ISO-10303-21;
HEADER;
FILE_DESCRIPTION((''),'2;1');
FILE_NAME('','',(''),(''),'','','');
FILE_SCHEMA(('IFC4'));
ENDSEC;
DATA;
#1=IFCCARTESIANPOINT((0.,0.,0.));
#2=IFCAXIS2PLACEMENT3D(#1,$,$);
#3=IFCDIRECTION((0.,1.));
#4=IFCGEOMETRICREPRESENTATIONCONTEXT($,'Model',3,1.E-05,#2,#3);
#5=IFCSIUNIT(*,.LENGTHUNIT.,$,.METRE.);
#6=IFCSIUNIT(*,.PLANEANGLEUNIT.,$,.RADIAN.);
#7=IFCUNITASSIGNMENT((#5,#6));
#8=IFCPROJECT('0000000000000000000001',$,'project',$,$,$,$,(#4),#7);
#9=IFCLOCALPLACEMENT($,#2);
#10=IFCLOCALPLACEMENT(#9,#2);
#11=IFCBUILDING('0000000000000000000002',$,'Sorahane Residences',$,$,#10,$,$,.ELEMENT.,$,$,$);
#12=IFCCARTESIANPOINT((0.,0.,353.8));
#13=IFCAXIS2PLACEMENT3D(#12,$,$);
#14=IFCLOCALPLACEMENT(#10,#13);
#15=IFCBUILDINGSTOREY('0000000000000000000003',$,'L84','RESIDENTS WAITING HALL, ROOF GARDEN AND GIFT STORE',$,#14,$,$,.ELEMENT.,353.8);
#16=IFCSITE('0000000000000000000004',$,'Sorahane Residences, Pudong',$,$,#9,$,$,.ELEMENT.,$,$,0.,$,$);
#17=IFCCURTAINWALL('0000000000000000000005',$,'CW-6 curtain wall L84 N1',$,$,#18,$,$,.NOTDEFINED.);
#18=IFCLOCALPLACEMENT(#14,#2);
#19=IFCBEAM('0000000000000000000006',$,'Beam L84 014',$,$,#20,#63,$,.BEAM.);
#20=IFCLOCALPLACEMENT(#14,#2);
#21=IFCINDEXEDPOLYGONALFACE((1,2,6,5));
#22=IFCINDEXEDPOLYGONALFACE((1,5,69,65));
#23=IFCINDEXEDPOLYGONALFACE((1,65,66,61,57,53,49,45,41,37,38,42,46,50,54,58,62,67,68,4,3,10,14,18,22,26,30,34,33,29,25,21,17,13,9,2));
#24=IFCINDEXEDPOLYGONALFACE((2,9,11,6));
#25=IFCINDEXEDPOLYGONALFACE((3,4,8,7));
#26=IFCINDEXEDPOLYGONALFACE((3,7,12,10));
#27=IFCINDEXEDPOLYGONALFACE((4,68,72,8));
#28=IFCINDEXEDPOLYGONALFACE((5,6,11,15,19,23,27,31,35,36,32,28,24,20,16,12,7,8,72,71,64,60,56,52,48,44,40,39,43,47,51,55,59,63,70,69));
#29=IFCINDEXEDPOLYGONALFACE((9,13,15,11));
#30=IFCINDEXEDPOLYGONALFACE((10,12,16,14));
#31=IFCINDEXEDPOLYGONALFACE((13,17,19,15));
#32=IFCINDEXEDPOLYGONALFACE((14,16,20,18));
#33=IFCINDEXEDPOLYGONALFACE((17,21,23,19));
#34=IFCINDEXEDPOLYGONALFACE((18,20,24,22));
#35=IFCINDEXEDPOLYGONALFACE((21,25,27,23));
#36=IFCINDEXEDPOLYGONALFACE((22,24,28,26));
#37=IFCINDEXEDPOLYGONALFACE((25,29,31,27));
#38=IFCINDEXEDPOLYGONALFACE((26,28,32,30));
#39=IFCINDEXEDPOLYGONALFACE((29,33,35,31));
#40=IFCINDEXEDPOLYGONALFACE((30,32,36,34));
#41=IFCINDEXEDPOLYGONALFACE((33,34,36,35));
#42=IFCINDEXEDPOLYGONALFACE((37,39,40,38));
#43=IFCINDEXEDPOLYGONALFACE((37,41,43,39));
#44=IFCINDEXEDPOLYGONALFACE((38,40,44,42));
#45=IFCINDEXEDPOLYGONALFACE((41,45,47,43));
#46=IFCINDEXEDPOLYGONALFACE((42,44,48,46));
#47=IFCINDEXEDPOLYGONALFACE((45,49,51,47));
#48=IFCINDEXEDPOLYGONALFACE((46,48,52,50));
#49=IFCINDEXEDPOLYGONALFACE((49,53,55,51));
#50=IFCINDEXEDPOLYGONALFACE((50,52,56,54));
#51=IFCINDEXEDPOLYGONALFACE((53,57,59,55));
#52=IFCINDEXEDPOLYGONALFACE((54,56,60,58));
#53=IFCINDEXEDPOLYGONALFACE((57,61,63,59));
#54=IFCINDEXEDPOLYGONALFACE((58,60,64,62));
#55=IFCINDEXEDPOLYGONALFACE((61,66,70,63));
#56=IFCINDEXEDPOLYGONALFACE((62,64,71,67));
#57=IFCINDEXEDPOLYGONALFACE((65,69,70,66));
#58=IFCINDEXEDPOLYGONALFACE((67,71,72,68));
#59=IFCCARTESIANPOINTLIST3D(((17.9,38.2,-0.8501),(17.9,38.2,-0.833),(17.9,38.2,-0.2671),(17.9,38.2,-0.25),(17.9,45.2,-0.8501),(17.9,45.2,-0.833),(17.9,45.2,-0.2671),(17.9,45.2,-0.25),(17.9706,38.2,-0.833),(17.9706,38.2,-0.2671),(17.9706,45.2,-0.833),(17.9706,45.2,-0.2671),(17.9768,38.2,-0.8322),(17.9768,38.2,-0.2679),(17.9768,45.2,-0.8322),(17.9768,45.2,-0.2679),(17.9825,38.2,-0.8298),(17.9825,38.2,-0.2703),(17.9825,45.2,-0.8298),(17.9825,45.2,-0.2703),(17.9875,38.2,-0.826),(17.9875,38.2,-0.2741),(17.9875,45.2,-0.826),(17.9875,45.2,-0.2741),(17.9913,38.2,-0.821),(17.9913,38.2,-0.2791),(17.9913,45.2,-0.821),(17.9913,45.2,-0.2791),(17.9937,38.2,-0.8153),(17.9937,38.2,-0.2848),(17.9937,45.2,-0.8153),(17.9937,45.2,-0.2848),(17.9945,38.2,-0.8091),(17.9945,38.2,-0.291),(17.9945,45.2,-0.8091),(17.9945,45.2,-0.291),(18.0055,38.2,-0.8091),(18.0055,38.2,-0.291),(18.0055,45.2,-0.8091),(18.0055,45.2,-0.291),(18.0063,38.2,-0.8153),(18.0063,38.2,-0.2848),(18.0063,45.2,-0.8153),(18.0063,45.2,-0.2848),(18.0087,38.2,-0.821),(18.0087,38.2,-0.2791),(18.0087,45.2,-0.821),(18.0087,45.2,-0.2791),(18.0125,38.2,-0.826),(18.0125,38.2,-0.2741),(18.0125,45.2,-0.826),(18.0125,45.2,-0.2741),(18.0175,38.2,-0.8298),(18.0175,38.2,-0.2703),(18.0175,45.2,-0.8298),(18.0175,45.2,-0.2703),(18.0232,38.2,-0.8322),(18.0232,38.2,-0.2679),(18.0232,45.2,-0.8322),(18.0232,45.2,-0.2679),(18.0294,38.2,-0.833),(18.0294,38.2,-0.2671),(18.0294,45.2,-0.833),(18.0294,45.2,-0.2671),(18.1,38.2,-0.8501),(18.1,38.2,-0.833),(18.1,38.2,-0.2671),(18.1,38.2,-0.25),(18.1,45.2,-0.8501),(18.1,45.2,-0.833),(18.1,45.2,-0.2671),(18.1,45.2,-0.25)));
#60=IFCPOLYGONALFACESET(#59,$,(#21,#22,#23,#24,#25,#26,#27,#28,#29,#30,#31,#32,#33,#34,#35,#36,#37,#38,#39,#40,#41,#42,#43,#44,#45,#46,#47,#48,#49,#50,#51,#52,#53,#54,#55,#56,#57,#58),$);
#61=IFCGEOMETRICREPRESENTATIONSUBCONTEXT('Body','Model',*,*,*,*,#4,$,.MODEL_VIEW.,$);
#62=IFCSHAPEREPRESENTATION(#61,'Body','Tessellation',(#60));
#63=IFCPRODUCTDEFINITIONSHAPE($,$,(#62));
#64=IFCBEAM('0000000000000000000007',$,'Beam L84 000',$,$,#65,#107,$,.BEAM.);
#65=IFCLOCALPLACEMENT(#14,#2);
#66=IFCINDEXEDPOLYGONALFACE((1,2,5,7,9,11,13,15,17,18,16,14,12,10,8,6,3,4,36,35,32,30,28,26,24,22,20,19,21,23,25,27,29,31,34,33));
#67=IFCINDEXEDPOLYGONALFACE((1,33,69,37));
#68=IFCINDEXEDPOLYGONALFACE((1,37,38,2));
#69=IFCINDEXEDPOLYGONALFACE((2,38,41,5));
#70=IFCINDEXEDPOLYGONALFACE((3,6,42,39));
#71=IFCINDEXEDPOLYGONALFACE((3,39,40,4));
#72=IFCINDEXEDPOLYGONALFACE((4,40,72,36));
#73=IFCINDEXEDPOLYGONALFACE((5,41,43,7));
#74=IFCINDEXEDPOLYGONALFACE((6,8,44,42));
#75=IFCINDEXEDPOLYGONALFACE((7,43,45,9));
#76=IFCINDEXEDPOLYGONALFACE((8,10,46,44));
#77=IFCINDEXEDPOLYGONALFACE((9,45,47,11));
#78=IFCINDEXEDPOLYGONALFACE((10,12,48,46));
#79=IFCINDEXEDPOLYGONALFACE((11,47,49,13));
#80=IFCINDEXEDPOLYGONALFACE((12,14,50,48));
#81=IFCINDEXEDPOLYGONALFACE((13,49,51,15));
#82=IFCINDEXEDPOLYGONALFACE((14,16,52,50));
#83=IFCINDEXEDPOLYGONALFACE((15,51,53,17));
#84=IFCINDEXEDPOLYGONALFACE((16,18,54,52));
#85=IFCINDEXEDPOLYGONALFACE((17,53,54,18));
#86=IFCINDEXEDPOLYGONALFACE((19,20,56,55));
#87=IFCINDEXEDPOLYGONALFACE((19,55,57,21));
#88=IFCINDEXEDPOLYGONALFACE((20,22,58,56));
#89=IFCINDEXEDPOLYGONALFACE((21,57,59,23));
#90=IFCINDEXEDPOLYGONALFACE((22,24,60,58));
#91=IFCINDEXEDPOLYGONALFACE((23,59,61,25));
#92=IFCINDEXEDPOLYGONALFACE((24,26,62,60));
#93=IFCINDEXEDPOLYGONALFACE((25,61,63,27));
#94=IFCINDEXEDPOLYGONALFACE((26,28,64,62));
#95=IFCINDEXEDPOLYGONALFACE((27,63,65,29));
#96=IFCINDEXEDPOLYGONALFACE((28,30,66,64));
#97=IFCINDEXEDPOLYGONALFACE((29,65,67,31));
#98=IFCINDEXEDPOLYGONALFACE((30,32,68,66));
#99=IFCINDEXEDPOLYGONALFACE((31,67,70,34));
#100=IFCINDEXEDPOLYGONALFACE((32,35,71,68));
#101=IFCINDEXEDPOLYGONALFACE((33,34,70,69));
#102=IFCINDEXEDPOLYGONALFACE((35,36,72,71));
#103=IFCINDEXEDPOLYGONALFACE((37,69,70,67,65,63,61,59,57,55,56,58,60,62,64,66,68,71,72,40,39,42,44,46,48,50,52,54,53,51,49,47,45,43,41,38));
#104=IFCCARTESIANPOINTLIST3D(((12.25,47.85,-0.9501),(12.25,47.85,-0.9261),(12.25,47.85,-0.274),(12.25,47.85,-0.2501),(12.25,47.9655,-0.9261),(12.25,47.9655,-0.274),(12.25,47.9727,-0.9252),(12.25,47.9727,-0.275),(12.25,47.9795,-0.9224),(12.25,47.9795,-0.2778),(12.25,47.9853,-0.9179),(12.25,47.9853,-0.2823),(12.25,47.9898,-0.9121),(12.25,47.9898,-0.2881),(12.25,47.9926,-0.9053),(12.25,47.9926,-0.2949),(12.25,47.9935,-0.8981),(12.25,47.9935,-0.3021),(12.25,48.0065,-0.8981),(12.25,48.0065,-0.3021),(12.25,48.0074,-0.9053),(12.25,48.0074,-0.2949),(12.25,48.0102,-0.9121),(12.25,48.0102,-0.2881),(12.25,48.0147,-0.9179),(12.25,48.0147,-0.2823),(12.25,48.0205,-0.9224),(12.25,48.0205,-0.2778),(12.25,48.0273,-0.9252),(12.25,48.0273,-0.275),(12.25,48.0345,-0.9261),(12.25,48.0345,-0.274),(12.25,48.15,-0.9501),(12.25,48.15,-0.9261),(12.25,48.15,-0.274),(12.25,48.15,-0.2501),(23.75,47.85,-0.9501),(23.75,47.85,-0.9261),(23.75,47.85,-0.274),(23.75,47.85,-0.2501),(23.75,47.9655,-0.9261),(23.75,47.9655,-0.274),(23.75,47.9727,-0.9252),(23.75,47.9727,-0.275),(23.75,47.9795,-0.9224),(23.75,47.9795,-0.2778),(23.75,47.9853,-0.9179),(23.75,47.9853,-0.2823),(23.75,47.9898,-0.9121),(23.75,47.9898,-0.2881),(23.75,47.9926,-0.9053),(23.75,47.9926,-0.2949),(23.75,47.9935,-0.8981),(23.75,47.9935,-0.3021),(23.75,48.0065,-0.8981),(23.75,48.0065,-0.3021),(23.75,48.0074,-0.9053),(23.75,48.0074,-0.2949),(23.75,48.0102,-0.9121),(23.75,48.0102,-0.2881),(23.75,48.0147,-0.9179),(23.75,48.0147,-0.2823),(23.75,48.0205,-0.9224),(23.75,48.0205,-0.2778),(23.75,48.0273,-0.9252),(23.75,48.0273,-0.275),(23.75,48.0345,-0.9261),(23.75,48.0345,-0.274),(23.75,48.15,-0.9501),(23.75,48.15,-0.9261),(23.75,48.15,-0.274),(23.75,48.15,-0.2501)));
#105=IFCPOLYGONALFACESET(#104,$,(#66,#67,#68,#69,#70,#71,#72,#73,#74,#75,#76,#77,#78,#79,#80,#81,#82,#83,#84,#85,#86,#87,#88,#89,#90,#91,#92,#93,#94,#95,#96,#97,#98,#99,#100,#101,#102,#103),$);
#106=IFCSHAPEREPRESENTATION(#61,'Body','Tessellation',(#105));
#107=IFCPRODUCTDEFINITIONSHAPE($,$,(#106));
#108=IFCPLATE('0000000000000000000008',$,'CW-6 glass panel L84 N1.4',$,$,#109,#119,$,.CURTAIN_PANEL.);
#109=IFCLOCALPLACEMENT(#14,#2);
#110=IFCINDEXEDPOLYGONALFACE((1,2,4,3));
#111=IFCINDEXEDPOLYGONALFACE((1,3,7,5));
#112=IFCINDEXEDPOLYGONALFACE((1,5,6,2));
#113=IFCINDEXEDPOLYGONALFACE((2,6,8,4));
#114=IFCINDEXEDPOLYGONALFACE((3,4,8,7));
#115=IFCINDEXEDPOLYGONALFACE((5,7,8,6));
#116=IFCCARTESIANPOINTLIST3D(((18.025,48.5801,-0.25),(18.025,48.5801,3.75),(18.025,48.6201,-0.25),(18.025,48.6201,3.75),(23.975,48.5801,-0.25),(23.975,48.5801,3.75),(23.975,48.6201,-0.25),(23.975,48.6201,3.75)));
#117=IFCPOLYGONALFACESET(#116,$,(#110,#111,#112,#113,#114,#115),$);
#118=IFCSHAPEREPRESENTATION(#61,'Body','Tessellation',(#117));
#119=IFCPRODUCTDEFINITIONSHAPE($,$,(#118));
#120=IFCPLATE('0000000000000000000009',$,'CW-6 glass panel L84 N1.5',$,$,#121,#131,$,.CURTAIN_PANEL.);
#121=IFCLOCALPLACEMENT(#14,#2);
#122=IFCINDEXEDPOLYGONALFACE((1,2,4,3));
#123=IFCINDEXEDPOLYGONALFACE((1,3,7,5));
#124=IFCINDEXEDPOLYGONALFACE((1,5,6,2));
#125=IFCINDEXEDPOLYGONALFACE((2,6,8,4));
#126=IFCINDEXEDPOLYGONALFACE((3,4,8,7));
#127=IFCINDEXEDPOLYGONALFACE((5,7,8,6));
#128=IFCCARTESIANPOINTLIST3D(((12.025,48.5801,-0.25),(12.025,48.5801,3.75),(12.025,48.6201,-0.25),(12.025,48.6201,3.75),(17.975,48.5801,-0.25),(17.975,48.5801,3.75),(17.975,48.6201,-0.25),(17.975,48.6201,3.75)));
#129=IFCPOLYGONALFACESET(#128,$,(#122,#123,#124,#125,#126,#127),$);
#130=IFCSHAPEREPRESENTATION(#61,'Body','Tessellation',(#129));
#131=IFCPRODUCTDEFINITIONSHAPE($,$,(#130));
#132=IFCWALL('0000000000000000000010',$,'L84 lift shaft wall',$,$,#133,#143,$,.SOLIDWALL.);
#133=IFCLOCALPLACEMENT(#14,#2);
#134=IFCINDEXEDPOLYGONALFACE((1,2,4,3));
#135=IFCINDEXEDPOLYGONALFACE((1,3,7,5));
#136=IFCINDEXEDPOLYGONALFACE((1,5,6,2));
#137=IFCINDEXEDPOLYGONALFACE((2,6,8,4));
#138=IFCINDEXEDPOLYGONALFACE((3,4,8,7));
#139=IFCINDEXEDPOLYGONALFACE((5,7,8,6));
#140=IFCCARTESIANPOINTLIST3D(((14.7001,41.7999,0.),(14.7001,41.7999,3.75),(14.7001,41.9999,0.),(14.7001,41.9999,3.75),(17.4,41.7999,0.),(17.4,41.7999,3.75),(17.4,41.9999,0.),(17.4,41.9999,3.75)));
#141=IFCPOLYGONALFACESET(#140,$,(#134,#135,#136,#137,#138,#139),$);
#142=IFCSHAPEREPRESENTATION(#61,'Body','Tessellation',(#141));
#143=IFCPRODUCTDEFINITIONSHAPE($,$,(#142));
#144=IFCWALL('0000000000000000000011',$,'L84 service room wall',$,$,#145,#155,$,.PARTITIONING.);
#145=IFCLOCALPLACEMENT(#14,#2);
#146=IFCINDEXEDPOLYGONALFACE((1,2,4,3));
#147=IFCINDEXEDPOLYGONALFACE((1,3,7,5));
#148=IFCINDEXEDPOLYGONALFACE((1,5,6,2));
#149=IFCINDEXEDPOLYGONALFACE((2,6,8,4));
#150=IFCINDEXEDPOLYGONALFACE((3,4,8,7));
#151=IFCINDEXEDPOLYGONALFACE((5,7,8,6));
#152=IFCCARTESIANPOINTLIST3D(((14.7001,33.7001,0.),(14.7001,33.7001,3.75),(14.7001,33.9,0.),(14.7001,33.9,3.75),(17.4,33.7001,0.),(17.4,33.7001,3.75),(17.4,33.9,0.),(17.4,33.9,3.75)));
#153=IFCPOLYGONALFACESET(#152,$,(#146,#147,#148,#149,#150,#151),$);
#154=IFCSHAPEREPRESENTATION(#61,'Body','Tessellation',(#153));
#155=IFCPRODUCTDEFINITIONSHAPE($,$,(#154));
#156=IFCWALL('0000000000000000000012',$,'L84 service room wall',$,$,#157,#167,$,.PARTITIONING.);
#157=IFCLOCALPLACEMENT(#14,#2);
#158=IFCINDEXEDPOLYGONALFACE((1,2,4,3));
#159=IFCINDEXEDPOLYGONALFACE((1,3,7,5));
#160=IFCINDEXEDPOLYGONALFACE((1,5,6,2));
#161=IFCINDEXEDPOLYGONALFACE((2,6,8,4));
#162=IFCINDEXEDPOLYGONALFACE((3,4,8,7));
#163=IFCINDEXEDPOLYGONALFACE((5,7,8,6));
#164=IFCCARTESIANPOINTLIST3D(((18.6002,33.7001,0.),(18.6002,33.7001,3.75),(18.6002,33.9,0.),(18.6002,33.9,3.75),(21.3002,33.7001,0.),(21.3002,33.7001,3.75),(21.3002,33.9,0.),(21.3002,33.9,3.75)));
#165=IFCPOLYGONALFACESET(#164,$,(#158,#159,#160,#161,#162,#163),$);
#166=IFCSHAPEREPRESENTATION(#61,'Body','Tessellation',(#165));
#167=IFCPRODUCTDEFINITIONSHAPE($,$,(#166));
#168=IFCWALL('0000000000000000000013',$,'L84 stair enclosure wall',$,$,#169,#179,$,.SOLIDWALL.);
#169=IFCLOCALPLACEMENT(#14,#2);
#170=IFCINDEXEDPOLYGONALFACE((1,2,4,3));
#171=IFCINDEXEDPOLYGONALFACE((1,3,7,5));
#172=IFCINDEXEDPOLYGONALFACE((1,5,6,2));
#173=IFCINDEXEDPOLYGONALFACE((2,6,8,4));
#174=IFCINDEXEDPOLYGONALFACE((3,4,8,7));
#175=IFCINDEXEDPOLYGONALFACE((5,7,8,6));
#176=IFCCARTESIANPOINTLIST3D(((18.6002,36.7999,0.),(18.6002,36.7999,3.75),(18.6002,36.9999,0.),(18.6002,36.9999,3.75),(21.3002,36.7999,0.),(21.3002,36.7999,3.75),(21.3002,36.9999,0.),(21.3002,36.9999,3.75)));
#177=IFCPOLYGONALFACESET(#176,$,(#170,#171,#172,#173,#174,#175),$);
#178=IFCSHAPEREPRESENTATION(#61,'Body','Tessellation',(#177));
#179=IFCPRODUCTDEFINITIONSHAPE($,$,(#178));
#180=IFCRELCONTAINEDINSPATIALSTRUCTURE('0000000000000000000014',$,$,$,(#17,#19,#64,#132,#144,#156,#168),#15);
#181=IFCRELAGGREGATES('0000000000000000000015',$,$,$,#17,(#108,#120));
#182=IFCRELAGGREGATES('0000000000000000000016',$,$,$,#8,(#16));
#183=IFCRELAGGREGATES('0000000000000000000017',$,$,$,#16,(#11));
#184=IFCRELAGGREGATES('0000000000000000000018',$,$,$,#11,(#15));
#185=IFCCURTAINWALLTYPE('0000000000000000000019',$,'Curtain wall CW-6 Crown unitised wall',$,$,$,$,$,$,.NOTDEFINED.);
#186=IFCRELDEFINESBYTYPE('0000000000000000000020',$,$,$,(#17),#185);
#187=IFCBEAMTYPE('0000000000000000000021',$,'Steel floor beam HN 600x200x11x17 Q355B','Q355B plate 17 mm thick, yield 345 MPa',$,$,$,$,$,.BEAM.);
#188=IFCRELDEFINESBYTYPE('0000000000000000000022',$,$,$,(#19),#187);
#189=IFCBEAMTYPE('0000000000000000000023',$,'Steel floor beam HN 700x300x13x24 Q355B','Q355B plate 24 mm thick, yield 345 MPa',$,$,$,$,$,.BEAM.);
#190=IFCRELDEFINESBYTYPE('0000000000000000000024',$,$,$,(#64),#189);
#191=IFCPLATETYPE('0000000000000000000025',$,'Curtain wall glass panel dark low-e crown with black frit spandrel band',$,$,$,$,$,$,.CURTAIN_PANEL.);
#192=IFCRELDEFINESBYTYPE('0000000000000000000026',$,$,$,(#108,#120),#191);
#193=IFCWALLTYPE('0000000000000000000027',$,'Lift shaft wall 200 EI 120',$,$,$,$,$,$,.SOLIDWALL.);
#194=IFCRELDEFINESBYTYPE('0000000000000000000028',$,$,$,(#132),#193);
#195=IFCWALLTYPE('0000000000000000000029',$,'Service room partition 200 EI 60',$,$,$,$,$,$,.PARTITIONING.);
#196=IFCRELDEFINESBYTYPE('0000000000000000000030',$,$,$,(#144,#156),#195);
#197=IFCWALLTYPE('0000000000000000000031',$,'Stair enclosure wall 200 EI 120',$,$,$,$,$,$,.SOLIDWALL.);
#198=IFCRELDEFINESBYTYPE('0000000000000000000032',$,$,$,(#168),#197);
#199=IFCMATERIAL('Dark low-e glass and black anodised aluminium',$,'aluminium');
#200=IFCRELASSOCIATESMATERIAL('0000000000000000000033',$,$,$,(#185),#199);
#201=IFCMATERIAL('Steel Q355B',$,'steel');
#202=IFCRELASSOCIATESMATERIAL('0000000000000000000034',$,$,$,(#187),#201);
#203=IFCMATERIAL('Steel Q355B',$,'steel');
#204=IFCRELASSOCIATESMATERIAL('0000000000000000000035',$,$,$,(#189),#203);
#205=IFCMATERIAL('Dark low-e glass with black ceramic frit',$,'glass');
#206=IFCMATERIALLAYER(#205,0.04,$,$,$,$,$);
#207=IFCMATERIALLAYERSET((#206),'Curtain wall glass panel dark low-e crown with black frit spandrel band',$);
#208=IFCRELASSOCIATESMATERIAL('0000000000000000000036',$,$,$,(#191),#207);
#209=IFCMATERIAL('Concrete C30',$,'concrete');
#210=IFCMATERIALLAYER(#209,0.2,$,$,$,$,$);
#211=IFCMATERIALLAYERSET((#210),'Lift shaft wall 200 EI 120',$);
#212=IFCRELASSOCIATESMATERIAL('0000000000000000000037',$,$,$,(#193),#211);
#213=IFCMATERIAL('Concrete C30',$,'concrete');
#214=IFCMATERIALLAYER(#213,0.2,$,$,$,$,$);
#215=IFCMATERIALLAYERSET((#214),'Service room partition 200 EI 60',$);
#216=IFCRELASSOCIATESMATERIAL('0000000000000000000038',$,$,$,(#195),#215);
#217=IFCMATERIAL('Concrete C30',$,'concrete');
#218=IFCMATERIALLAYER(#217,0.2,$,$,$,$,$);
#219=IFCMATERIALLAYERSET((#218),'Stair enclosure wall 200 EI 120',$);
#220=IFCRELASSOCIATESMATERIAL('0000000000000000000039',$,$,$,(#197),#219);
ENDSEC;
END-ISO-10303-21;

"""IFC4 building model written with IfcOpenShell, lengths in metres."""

from ifc_helpers import new_model, si_unit, direction, frame, frame_2d, origin, origin_2d, place, context, subcontext, project, spatial, rectangle, i_section, extrude, material, layer, layer_set, material_profile, profile_set, type_object, element, aggregate, save


model = new_model("IFC4")

# Units and contexts
model_context = context("Model", 3, precision=1e-05, world=origin(), true_north=direction((0.0, 1.0)))
body_context = subcontext(model_context, "Body", "Model", "MODEL_VIEW")
ifc_project = project(units=[si_unit("LENGTHUNIT", "METRE"), si_unit("PLANEANGLEUNIT", "RADIAN")], contexts=[model_context])

# Site, building, storey
site_placement = place(None, origin())
site = spatial("IfcSite", under=ifc_project, at=site_placement, Name="Sorahane Residences, Pudong", CompositionType="ELEMENT", RefElevation=0.0)
building_placement = place(site_placement, origin())
building = spatial("IfcBuilding", under=site, at=building_placement, Name="Sorahane Residences", CompositionType="ELEMENT")
storey_placement = place(building_placement, frame((0.0, 0.0, 353.8)))
storey = spatial("IfcBuildingStorey", under=building, at=storey_placement, Name="L84", Description="RESIDENTS WAITING HALL, ROOF GARDEN AND GIFT STORE", CompositionType="ELEMENT", Elevation=353.8)

# Curtain wall
ifc_material_1 = material(Name="Dark low-e glass and black anodised aluminium", Category="aluminium")
curtain_wall_type = type_object("IfcCurtainWallType", Name="Curtain wall CW-6 Crown unitised wall", PredefinedType="NOTDEFINED", material=ifc_material_1)
curtain_wall_placement = place(storey_placement, origin())
curtain_wall = element("IfcCurtainWall", 1, at=curtain_wall_placement, inside=storey, type_object=curtain_wall_type, Name="CW-6 curtain wall L84 N1", PredefinedType="NOTDEFINED")

# Beams
ifc_material_2 = material(Name="Steel Q355B", Category="steel")
ifc_material_profile_1 = material_profile(ifc_material_2, i_section(OverallWidth=0.2, OverallDepth=0.6001, WebThickness=0.011, FlangeThickness=0.0171, FilletRadius=0.0239, at=origin_2d()), Name="HN 600x200x11x17")
ifc_profile_set_1 = profile_set([ifc_material_profile_1], Name="Steel Q355B")
beam_type_1 = type_object("IfcBeamType", Name="Steel floor beam HN 600x200x11x17 Q355B", Description="Q355B plate 17 mm thick, yield 345 MPa", PredefinedType="BEAM", material=ifc_profile_set_1)
beam_1_placement = place(storey_placement, frame((18.0, 38.2, -0.55), z_axis=(0.0, 1.0, 0.0), x_axis=(-1.0, 0.0, 0.0)))
element("IfcBeam", 2, at=beam_1_placement, inside=storey, type_object=beam_type_1, Name="Beam L84 014", PredefinedType="BEAM", context=body_context, shape_type="SweptSolid", body=[
    extrude(i_section(OverallWidth=0.2, OverallDepth=0.6001, WebThickness=0.011, FlangeThickness=0.0171, FilletRadius=0.0239, at=origin_2d()), origin(), (0.0, 0.0, 1.0), 7.0),
])
ifc_material_3 = material(Name="Steel Q355B", Category="steel")
ifc_material_profile_2 = material_profile(ifc_material_3, i_section(OverallWidth=0.3, OverallDepth=0.7, WebThickness=0.0129, FlangeThickness=0.0239, FilletRadius=0.0281, at=origin_2d()), Name="HN 700x300x13x24")
ifc_profile_set_2 = profile_set([ifc_material_profile_2], Name="Steel Q355B")
beam_type_2 = type_object("IfcBeamType", Name="Steel floor beam HN 700x300x13x24 Q355B", Description="Q355B plate 24 mm thick, yield 345 MPa", PredefinedType="BEAM", material=ifc_profile_set_2)
beam_2_placement = place(storey_placement, frame((12.25, 48.0, -0.6001), z_axis=(1.0, 0.0, 0.0), x_axis=(0.0, 1.0, 0.0)))
element("IfcBeam", 3, at=beam_2_placement, inside=storey, type_object=beam_type_2, Name="Beam L84 000", PredefinedType="BEAM", context=body_context, shape_type="SweptSolid", body=[
    extrude(i_section(OverallWidth=0.3, OverallDepth=0.7, WebThickness=0.0129, FlangeThickness=0.0239, FilletRadius=0.0281, at=origin_2d()), origin(), (0.0, 0.0, 1.0), 11.5),
])

# Plates
ifc_material_4 = material(Name="Dark low-e glass with black ceramic frit", Category="glass")
ifc_layer_1 = layer(ifc_material_4, 0.04)
ifc_layer_set_1 = layer_set([ifc_layer_1], Name="Curtain wall glass panel dark low-e crown with black frit spandrel band")
plate_type = type_object("IfcPlateType", Name="Curtain wall glass panel dark low-e crown with black frit spandrel band", PredefinedType="CURTAIN_PANEL", material=ifc_layer_set_1)
plate_1_placement = place(storey_placement, frame((21.0, 48.6001, -0.25), z_axis=(0.0, 0.0, 1.0), x_axis=(-1.0, 0.0, 0.0)))
plate_1 = element("IfcPlate", 4, at=plate_1_placement, type_object=plate_type, Name="CW-6 glass panel L84 N1.4", PredefinedType="CURTAIN_PANEL", context=body_context, shape_type="SweptSolid", body=[
    extrude(rectangle(XDim=5.95, YDim=0.04, at=origin_2d()), origin(), (0.0, 0.0, 1.0), 4.0),
])
plate_2_placement = place(storey_placement, frame((15.0, 48.6001, -0.25), z_axis=(0.0, 0.0, 1.0), x_axis=(-1.0, 0.0, 0.0)))
plate_2 = element("IfcPlate", 5, at=plate_2_placement, type_object=plate_type, Name="CW-6 glass panel L84 N1.5", PredefinedType="CURTAIN_PANEL", context=body_context, shape_type="SweptSolid", body=[
    extrude(rectangle(XDim=5.95, YDim=0.04, at=origin_2d()), origin(), (0.0, 0.0, 1.0), 4.0),
])
aggregate(curtain_wall, [plate_1, plate_2])

# Walls
ifc_material_5 = material(Name="Concrete C30", Category="concrete")
ifc_layer_2 = layer(ifc_material_5, 0.2)
ifc_layer_set_2 = layer_set([ifc_layer_2], Name="Lift shaft wall 200 EI 120")
wall_type_1 = type_object("IfcWallType", Name="Lift shaft wall 200 EI 120", PredefinedType="SOLIDWALL", material=ifc_layer_set_2)
wall_1_placement = place(storey_placement, frame((14.7, 41.8999, 0.0), z_axis=(0.0, 0.0, 1.0), x_axis=(1.0, 0.0, 0.0)))
element("IfcWall", 6, at=wall_1_placement, inside=storey, type_object=wall_type_1, Name="L84 lift shaft wall", PredefinedType="SOLIDWALL", context=body_context, shape_type="SweptSolid", body=[
    extrude(rectangle(XDim=2.7, YDim=0.2, at=frame_2d((1.3501, 0.0))), origin(), (0.0, 0.0, 1.0), 3.75),
])
ifc_material_6 = material(Name="Concrete C30", Category="concrete")
ifc_layer_3 = layer(ifc_material_6, 0.2)
ifc_layer_set_3 = layer_set([ifc_layer_3], Name="Service room partition 200 EI 60")
wall_type_2 = type_object("IfcWallType", Name="Service room partition 200 EI 60", PredefinedType="PARTITIONING", material=ifc_layer_set_3)
for number, where, z_axis, x_axis, name in (
    (7, (14.7, 33.8, 0.0), (0.0, 0.0, 1.0), (1.0, 0.0, 0.0), "L84 service room wall"),
    (8, (18.6001, 33.8, 0.0), (0.0, 0.0, 1.0), (1.0, 0.0, 0.0), "L84 service room wall"),
):
    element("IfcWall", number, at=place(storey_placement, frame(where, z_axis=z_axis, x_axis=x_axis)), inside=storey, type_object=wall_type_2, Name=name, PredefinedType="PARTITIONING", context=body_context, shape_type="SweptSolid", body=[
        extrude(rectangle(XDim=2.7, YDim=0.2, at=frame_2d((1.3501, 0.0))), origin(), (0.0, 0.0, 1.0), 3.75),
    ])
ifc_material_7 = material(Name="Concrete C30", Category="concrete")
ifc_layer_4 = layer(ifc_material_7, 0.2)
ifc_layer_set_4 = layer_set([ifc_layer_4], Name="Stair enclosure wall 200 EI 120")
wall_type_3 = type_object("IfcWallType", Name="Stair enclosure wall 200 EI 120", PredefinedType="SOLIDWALL", material=ifc_layer_set_4)
wall_2_placement = place(storey_placement, frame((18.6001, 36.8999, 0.0), z_axis=(0.0, 0.0, 1.0), x_axis=(1.0, 0.0, 0.0)))
element("IfcWall", 9, at=wall_2_placement, inside=storey, type_object=wall_type_3, Name="L84 stair enclosure wall", PredefinedType="SOLIDWALL", context=body_context, shape_type="SweptSolid", body=[
    extrude(rectangle(XDim=2.7, YDim=0.2, at=frame_2d((1.3501, 0.0))), origin(), (0.0, 0.0, 1.0), 3.75),
])

save(model, "model.ifc")
